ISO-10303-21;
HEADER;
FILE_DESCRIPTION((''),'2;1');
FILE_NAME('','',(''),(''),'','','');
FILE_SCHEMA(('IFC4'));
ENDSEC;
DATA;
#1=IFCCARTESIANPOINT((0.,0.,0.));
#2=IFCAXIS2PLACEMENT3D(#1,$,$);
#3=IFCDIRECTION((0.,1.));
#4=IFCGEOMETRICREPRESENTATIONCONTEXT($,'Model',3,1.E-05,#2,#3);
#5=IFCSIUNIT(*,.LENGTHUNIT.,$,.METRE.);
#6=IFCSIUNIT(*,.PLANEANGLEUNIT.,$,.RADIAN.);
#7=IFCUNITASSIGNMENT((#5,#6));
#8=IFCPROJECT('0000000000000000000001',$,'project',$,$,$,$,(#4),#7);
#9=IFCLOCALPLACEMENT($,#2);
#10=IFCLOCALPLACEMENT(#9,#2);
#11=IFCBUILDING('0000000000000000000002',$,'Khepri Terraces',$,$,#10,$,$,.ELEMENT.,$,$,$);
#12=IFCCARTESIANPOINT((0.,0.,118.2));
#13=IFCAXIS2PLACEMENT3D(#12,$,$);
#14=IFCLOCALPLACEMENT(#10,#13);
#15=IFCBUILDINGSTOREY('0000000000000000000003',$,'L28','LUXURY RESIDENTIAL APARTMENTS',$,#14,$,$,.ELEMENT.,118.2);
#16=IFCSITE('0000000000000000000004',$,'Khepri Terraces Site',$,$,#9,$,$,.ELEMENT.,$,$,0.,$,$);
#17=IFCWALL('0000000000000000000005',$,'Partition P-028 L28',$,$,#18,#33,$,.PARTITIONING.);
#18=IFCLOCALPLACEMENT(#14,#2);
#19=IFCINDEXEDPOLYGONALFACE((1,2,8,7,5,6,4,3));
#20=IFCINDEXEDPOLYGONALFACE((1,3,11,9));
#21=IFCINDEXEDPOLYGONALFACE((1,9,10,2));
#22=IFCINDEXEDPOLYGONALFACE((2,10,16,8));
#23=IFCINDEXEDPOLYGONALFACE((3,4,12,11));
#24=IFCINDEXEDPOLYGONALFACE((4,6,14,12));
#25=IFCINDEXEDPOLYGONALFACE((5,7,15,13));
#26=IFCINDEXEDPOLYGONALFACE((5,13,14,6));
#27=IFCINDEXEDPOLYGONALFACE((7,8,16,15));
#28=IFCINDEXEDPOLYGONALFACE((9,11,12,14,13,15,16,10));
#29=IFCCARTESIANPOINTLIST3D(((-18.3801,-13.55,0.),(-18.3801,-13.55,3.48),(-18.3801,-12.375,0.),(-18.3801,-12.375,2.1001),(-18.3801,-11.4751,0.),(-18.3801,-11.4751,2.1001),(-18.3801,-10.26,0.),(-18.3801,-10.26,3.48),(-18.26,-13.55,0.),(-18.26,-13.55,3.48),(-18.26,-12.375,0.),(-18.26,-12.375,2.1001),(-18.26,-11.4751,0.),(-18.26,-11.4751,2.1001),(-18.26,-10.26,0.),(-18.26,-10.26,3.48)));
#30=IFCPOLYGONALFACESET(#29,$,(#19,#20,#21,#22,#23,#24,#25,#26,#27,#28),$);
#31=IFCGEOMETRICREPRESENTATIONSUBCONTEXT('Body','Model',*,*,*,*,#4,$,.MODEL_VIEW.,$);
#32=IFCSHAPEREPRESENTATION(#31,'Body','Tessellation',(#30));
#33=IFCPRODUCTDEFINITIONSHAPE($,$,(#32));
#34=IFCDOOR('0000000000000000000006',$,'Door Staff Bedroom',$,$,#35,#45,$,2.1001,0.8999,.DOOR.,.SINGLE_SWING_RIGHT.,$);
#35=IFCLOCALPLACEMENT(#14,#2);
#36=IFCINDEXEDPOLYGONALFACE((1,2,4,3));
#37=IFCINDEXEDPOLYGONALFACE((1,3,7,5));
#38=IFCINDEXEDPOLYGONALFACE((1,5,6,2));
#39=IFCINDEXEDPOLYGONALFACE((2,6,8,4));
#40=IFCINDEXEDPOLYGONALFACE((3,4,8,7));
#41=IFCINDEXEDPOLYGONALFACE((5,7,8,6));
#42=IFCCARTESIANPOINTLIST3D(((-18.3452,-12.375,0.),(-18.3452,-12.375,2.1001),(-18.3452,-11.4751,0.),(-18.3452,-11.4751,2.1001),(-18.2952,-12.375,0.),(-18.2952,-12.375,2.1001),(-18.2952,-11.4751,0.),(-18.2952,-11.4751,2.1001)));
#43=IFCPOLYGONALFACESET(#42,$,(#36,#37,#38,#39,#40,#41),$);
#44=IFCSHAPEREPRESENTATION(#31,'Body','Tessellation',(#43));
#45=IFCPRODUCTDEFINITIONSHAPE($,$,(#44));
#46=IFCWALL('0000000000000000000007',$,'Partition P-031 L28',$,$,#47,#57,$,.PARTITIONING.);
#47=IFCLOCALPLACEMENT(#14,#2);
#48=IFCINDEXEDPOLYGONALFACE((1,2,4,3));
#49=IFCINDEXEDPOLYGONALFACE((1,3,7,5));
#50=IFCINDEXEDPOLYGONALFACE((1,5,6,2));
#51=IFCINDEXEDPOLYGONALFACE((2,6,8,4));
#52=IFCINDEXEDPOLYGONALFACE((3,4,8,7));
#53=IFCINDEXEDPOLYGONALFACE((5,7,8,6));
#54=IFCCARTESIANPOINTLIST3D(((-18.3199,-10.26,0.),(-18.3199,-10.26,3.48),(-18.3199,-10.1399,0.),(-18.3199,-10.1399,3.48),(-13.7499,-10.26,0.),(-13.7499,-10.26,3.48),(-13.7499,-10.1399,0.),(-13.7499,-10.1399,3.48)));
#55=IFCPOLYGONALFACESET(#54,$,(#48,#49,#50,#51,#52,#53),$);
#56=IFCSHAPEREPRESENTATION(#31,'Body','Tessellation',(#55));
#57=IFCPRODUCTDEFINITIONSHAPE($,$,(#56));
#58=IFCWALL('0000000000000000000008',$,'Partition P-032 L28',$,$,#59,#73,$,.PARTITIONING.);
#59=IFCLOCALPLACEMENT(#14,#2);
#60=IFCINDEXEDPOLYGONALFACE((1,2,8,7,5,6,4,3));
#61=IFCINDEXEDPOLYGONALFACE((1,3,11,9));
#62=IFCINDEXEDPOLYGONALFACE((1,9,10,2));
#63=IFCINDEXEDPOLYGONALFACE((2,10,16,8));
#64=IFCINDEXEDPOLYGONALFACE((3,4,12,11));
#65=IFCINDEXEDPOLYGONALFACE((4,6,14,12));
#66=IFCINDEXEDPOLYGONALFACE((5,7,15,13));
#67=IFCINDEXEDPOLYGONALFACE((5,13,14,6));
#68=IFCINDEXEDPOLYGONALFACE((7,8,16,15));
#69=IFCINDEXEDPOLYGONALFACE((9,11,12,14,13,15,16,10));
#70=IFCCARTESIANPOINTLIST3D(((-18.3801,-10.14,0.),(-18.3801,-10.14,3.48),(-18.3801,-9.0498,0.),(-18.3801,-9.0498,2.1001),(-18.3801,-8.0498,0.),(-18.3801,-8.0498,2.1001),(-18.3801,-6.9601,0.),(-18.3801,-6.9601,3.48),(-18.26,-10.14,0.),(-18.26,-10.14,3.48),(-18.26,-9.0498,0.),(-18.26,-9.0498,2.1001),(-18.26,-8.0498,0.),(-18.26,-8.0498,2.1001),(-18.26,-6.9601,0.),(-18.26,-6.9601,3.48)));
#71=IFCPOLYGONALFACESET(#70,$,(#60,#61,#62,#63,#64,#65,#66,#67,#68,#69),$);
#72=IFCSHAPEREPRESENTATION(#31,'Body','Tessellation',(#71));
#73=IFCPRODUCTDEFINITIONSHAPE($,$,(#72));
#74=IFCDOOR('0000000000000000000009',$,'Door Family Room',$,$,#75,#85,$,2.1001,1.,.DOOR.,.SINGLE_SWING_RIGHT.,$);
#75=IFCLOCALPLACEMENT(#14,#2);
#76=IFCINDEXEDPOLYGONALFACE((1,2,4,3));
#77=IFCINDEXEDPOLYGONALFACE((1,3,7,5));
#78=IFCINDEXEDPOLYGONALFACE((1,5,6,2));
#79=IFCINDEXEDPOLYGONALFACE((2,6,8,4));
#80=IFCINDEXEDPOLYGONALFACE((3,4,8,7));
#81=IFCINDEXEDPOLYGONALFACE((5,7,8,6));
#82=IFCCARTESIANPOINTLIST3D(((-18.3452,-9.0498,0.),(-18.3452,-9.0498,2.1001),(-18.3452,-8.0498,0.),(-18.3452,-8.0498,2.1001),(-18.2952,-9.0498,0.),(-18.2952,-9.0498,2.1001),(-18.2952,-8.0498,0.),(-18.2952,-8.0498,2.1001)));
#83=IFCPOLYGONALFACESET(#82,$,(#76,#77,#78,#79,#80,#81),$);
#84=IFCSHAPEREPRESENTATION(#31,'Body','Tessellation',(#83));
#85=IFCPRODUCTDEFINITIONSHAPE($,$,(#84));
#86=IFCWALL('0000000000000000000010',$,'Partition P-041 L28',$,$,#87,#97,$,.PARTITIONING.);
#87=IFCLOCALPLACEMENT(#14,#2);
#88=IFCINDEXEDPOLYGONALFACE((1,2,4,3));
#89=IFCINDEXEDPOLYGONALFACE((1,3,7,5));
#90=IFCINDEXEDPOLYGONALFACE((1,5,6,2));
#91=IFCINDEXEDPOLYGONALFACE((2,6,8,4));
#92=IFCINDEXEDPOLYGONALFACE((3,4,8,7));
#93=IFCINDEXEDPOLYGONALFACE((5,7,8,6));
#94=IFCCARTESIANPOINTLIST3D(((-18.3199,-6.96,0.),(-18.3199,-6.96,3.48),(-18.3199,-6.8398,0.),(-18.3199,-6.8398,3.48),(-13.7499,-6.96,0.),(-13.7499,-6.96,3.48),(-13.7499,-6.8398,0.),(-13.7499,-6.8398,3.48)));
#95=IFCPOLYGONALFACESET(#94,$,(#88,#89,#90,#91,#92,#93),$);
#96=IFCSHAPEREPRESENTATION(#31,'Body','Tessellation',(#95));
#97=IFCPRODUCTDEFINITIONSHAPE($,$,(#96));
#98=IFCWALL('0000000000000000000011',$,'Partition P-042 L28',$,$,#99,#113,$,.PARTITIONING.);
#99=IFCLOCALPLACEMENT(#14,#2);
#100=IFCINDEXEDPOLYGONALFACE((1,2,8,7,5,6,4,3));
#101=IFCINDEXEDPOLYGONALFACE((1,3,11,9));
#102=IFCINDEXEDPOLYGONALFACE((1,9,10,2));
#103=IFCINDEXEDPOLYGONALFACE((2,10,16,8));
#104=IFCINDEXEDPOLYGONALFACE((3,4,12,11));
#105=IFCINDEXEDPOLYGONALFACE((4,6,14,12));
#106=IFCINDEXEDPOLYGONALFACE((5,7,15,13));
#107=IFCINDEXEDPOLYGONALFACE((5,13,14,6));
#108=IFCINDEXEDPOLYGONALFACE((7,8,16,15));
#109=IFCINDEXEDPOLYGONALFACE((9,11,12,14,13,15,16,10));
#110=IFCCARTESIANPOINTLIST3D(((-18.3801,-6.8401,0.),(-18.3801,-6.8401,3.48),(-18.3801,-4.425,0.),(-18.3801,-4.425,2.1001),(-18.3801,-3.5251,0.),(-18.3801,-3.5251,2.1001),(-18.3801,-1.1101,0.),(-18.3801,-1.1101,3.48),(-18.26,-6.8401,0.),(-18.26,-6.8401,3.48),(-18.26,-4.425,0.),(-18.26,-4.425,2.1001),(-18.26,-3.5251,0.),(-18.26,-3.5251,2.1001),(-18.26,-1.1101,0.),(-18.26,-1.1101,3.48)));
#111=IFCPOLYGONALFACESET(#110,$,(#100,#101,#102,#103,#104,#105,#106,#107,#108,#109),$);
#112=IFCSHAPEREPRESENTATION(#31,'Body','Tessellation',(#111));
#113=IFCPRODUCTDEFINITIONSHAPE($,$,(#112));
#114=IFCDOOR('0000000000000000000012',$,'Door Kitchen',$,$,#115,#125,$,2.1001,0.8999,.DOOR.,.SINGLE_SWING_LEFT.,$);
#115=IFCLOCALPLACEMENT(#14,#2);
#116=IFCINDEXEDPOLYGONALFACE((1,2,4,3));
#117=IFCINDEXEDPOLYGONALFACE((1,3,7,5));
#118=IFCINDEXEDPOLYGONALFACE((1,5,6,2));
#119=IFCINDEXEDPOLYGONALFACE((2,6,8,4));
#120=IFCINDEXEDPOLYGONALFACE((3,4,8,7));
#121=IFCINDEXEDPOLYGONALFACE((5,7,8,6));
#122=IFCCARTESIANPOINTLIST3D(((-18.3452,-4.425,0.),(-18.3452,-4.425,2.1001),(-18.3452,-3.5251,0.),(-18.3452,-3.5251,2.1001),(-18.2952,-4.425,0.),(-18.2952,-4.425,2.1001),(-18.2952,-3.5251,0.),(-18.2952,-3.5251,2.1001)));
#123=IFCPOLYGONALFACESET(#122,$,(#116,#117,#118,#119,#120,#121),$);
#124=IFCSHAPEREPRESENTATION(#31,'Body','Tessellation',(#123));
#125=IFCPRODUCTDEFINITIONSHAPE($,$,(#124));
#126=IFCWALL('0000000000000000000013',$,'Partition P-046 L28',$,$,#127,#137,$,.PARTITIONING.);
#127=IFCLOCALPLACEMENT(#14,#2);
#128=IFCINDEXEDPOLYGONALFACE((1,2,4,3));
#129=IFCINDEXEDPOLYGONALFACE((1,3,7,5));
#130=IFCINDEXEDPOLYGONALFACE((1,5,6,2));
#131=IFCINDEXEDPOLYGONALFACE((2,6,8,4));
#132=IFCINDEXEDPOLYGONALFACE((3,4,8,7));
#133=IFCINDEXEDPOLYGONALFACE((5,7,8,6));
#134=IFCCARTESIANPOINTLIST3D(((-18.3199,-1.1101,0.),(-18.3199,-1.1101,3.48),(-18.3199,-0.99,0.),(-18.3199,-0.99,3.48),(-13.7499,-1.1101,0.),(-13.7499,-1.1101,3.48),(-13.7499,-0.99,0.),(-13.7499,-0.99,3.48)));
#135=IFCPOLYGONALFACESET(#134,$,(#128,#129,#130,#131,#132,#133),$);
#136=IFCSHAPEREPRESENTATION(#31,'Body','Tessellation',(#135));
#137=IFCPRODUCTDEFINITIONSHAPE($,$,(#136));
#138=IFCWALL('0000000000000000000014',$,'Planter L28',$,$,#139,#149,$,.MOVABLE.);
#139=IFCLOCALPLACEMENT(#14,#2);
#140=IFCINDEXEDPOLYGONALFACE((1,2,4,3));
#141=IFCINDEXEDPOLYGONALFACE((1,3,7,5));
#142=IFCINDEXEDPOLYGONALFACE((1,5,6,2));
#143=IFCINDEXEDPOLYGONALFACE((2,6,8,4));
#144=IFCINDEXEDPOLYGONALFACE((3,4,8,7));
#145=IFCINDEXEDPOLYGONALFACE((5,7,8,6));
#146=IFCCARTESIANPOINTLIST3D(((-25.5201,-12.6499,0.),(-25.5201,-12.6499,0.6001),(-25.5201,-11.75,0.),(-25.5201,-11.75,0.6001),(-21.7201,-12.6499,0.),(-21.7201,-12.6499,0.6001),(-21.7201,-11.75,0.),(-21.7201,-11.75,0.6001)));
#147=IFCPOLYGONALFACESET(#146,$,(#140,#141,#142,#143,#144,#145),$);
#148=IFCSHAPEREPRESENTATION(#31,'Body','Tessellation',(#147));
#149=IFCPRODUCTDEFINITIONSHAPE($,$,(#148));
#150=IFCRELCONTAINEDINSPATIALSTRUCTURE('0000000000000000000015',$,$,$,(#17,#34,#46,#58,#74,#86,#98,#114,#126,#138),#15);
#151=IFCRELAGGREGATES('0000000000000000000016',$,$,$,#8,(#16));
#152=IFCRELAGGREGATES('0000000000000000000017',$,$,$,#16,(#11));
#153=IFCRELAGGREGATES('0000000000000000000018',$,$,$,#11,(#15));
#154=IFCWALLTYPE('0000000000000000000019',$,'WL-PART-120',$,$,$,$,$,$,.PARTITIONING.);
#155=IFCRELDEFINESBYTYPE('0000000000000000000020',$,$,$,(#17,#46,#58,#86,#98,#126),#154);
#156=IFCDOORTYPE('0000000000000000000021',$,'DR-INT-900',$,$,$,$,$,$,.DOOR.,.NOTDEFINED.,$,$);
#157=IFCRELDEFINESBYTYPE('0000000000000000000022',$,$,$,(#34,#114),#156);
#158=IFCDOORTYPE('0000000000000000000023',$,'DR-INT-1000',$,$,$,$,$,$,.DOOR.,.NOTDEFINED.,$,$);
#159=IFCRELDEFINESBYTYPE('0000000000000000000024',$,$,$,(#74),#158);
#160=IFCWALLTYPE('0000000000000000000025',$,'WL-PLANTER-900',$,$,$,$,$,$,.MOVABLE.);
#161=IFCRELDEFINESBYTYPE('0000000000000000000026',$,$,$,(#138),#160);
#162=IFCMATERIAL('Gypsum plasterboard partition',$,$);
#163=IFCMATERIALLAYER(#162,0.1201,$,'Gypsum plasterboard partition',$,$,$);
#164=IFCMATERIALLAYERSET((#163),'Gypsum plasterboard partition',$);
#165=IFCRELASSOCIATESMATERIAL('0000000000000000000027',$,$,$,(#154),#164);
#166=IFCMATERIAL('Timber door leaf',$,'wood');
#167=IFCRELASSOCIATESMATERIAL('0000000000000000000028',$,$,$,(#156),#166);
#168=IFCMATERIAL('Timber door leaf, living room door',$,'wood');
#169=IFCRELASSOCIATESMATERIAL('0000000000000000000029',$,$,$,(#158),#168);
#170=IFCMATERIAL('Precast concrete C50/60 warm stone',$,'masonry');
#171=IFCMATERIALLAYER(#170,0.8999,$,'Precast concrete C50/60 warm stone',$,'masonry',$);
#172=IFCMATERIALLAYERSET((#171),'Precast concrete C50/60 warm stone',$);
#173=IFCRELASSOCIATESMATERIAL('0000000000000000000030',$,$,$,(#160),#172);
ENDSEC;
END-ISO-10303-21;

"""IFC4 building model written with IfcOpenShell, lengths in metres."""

from ifc_helpers import new_model, si_unit, direction, frame, frame_2d, origin, place, context, subcontext, project, spatial, rectangle, extrude, material, layer, layer_set, type_object, element, fill, save


model = new_model("IFC4")

# Units and contexts
model_context = context("Model", 3, precision=1e-05, world=origin(), true_north=direction((0.0, 1.0)))
body_context = subcontext(model_context, "Body", "Model", "MODEL_VIEW")
ifc_project = project(units=[si_unit("LENGTHUNIT", "METRE"), si_unit("PLANEANGLEUNIT", "RADIAN")], contexts=[model_context])

# Site, building, storey
site_placement = place(None, origin())
site = spatial("IfcSite", under=ifc_project, at=site_placement, Name="Khepri Terraces Site", CompositionType="ELEMENT", RefElevation=0.0)
building_placement = place(site_placement, origin())
building = spatial("IfcBuilding", under=site, at=building_placement, Name="Khepri Terraces", CompositionType="ELEMENT")
storey_placement = place(building_placement, frame((0.0, 0.0, 118.2)))
storey = spatial("IfcBuildingStorey", under=building, at=storey_placement, Name="L28", Description="LUXURY RESIDENTIAL APARTMENTS", CompositionType="ELEMENT", Elevation=118.2)

# Wall, opening, door
ifc_material_1 = material(Name="Gypsum plasterboard partition")
ifc_layer_1 = layer(ifc_material_1, 0.1201, Name="Gypsum plasterboard partition")
ifc_layer_set_1 = layer_set([ifc_layer_1], Name="Gypsum plasterboard partition")
wall_type_1 = type_object("IfcWallType", Name="WL-PART-120", PredefinedType="PARTITIONING", material=ifc_layer_set_1)
wall_1_placement = place(storey_placement, frame((-18.3201, -13.55, 0.0), z_axis=(0.0, 0.0, 1.0), x_axis=(0.0, 1.0, 0.0)))
wall_1 = element("IfcWall", 1, at=wall_1_placement, inside=storey, type_object=wall_type_1, Name="Partition P-028 L28", PredefinedType="PARTITIONING", context=body_context, shape_type="SweptSolid", body=[
    extrude(rectangle(XDim=3.29, YDim=0.1201, at=frame_2d((1.645, 0.0))), origin(), (0.0, 0.0, 1.0), 3.48),
])
opening_1_placement = place(wall_1_placement, frame((1.175, 0.0, 0.0)))
opening_1 = element("IfcOpeningElement", 2, at=opening_1_placement, cuts=wall_1, PredefinedType="OPENING", context=body_context, shape_type="SweptSolid", body=[
    extrude(rectangle(XDim=0.8999, YDim=2.1001, at=frame_2d((0.45, 1.05))), frame((0.0, 0.0701, 0.0), z_axis=(0.0, -1.0, 0.0), x_axis=(1.0, 0.0, 0.0)), (0.0, 0.0, 1.0), 0.1401),
])
ifc_material_2 = material(Name="Timber door leaf", Category="wood")
door_type_1 = type_object("IfcDoorType", Name="DR-INT-900", OperationType="NOTDEFINED", PredefinedType="DOOR", material=ifc_material_2)
door_1_placement = place(opening_1_placement, frame((0.8999, 0.0, 0.0), z_axis=(0.0, 0.0, 1.0), x_axis=(-1.0, 0.0, 0.0)))
door_1 = element("IfcDoor", 3, at=door_1_placement, inside=storey, type_object=door_type_1, Name="Door Staff Bedroom", OperationType="SINGLE_SWING_RIGHT", OverallHeight=2.1001, OverallWidth=0.8999, PredefinedType="DOOR", context=body_context, shape_type="SweptSolid", body=[
    extrude(rectangle(XDim=0.8999, YDim=2.1001, at=frame_2d((0.45, 1.05))), frame((0.0, 0.0249, 0.0), z_axis=(0.0, -1.0, 0.0), x_axis=(1.0, 0.0, 0.0)), (0.0, 0.0, 1.0), 0.05),
])
fill(opening_1, door_1)

# Wall
wall_2_placement = place(storey_placement, frame((-18.3201, -10.2, 0.0), z_axis=(0.0, 0.0, 1.0), x_axis=(1.0, 0.0, 0.0)))
element("IfcWall", 4, at=wall_2_placement, inside=storey, type_object=wall_type_1, Name="Partition P-031 L28", PredefinedType="PARTITIONING", context=body_context, shape_type="SweptSolid", body=[
    extrude(rectangle(XDim=4.5701, YDim=0.1201, at=frame_2d((2.2852, 0.0))), origin(), (0.0, 0.0, 1.0), 3.48),
])

# Wall, opening, door
wall_3_placement = place(storey_placement, frame((-18.3201, -10.1399, 0.0), z_axis=(0.0, 0.0, 1.0), x_axis=(0.0, 1.0, 0.0)))
wall_3 = element("IfcWall", 5, at=wall_3_placement, inside=storey, type_object=wall_type_1, Name="Partition P-032 L28", PredefinedType="PARTITIONING", context=body_context, shape_type="SweptSolid", body=[
    extrude(rectangle(XDim=3.1799, YDim=0.1201, at=frame_2d((1.5898, 0.0))), origin(), (0.0, 0.0, 1.0), 3.48),
])
opening_2_placement = place(wall_3_placement, frame((1.0901, 0.0, 0.0)))
opening_2 = element("IfcOpeningElement", 6, at=opening_2_placement, cuts=wall_3, PredefinedType="OPENING", context=body_context, shape_type="SweptSolid", body=[
    extrude(rectangle(XDim=1.0, YDim=2.1001, at=frame_2d((0.5, 1.05))), frame((0.0, 0.0701, 0.0), z_axis=(0.0, -1.0, 0.0), x_axis=(1.0, 0.0, 0.0)), (0.0, 0.0, 1.0), 0.1401),
])
ifc_material_3 = material(Name="Timber door leaf, living room door", Category="wood")
door_type_2 = type_object("IfcDoorType", Name="DR-INT-1000", OperationType="NOTDEFINED", PredefinedType="DOOR", material=ifc_material_3)
door_2_placement = place(opening_2_placement, frame((1.0, 0.0, 0.0), z_axis=(0.0, 0.0, 1.0), x_axis=(-1.0, 0.0, 0.0)))
door_2 = element("IfcDoor", 7, at=door_2_placement, inside=storey, type_object=door_type_2, Name="Door Family Room", OperationType="SINGLE_SWING_RIGHT", OverallHeight=2.1001, OverallWidth=1.0, PredefinedType="DOOR", context=body_context, shape_type="SweptSolid", body=[
    extrude(rectangle(XDim=1.0, YDim=2.1001, at=frame_2d((0.5, 1.05))), frame((0.0, 0.0249, 0.0), z_axis=(0.0, -1.0, 0.0), x_axis=(1.0, 0.0, 0.0)), (0.0, 0.0, 1.0), 0.05),
])
fill(opening_2, door_2)

# Wall
wall_4_placement = place(storey_placement, frame((-18.3201, -6.8999, 0.0), z_axis=(0.0, 0.0, 1.0), x_axis=(1.0, 0.0, 0.0)))
element("IfcWall", 8, at=wall_4_placement, inside=storey, type_object=wall_type_1, Name="Partition P-041 L28", PredefinedType="PARTITIONING", context=body_context, shape_type="SweptSolid", body=[
    extrude(rectangle(XDim=4.5701, YDim=0.1201, at=frame_2d((2.2852, 0.0))), origin(), (0.0, 0.0, 1.0), 3.48),
])

# Wall, opening, door
wall_5_placement = place(storey_placement, frame((-18.3201, -6.8401, 0.0), z_axis=(0.0, 0.0, 1.0), x_axis=(0.0, 1.0, 0.0)))
wall_5 = element("IfcWall", 9, at=wall_5_placement, inside=storey, type_object=wall_type_1, Name="Partition P-042 L28", PredefinedType="PARTITIONING", context=body_context, shape_type="SweptSolid", body=[
    extrude(rectangle(XDim=5.73, YDim=0.1201, at=frame_2d((2.865, 0.0))), origin(), (0.0, 0.0, 1.0), 3.48),
])
opening_3_placement = place(wall_5_placement, frame((2.415, 0.0, 0.0)))
opening_3 = element("IfcOpeningElement", 10, at=opening_3_placement, cuts=wall_5, PredefinedType="OPENING", context=body_context, shape_type="SweptSolid", body=[
    extrude(rectangle(XDim=0.8999, YDim=2.1001, at=frame_2d((0.45, 1.05))), frame((0.0, 0.0701, 0.0), z_axis=(0.0, -1.0, 0.0), x_axis=(1.0, 0.0, 0.0)), (0.0, 0.0, 1.0), 0.1401),
])
door_3_placement = place(opening_3_placement, frame((0.8999, 0.0, 0.0), z_axis=(0.0, 0.0, 1.0), x_axis=(-1.0, 0.0, 0.0)))
door_3 = element("IfcDoor", 11, at=door_3_placement, inside=storey, type_object=door_type_1, Name="Door Kitchen", OperationType="SINGLE_SWING_LEFT", OverallHeight=2.1001, OverallWidth=0.8999, PredefinedType="DOOR", context=body_context, shape_type="SweptSolid", body=[
    extrude(rectangle(XDim=0.8999, YDim=2.1001, at=frame_2d((0.45, 1.05))), frame((0.0, 0.0249, 0.0), z_axis=(0.0, -1.0, 0.0), x_axis=(1.0, 0.0, 0.0)), (0.0, 0.0, 1.0), 0.05),
])
fill(opening_3, door_3)

# Walls
wall_6_placement = place(storey_placement, frame((-18.3201, -1.05, 0.0), z_axis=(0.0, 0.0, 1.0), x_axis=(1.0, 0.0, 0.0)))
element("IfcWall", 12, at=wall_6_placement, inside=storey, type_object=wall_type_1, Name="Partition P-046 L28", PredefinedType="PARTITIONING", context=body_context, shape_type="SweptSolid", body=[
    extrude(rectangle(XDim=4.5701, YDim=0.1201, at=frame_2d((2.2852, 0.0))), origin(), (0.0, 0.0, 1.0), 3.48),
])
ifc_material_4 = material(Name="Precast concrete C50/60 warm stone", Category="masonry")
ifc_layer_2 = layer(ifc_material_4, 0.8999, Name="Precast concrete C50/60 warm stone", Category="masonry")
ifc_layer_set_2 = layer_set([ifc_layer_2], Name="Precast concrete C50/60 warm stone")
wall_type_2 = type_object("IfcWallType", Name="WL-PLANTER-900", PredefinedType="MOVABLE", material=ifc_layer_set_2)
wall_7_placement = place(storey_placement, frame((-25.52, -12.2, 0.0), z_axis=(0.0, 0.0, 1.0), x_axis=(1.0, 0.0, 0.0)))
element("IfcWall", 13, at=wall_7_placement, inside=storey, type_object=wall_type_2, Name="Planter L28", PredefinedType="MOVABLE", context=body_context, shape_type="SweptSolid", body=[
    extrude(rectangle(XDim=3.8, YDim=0.8999, at=frame_2d((1.8999, 0.0))), origin(), (0.0, 0.0, 1.0), 0.6001),
])

save(model, "model.ifc")
